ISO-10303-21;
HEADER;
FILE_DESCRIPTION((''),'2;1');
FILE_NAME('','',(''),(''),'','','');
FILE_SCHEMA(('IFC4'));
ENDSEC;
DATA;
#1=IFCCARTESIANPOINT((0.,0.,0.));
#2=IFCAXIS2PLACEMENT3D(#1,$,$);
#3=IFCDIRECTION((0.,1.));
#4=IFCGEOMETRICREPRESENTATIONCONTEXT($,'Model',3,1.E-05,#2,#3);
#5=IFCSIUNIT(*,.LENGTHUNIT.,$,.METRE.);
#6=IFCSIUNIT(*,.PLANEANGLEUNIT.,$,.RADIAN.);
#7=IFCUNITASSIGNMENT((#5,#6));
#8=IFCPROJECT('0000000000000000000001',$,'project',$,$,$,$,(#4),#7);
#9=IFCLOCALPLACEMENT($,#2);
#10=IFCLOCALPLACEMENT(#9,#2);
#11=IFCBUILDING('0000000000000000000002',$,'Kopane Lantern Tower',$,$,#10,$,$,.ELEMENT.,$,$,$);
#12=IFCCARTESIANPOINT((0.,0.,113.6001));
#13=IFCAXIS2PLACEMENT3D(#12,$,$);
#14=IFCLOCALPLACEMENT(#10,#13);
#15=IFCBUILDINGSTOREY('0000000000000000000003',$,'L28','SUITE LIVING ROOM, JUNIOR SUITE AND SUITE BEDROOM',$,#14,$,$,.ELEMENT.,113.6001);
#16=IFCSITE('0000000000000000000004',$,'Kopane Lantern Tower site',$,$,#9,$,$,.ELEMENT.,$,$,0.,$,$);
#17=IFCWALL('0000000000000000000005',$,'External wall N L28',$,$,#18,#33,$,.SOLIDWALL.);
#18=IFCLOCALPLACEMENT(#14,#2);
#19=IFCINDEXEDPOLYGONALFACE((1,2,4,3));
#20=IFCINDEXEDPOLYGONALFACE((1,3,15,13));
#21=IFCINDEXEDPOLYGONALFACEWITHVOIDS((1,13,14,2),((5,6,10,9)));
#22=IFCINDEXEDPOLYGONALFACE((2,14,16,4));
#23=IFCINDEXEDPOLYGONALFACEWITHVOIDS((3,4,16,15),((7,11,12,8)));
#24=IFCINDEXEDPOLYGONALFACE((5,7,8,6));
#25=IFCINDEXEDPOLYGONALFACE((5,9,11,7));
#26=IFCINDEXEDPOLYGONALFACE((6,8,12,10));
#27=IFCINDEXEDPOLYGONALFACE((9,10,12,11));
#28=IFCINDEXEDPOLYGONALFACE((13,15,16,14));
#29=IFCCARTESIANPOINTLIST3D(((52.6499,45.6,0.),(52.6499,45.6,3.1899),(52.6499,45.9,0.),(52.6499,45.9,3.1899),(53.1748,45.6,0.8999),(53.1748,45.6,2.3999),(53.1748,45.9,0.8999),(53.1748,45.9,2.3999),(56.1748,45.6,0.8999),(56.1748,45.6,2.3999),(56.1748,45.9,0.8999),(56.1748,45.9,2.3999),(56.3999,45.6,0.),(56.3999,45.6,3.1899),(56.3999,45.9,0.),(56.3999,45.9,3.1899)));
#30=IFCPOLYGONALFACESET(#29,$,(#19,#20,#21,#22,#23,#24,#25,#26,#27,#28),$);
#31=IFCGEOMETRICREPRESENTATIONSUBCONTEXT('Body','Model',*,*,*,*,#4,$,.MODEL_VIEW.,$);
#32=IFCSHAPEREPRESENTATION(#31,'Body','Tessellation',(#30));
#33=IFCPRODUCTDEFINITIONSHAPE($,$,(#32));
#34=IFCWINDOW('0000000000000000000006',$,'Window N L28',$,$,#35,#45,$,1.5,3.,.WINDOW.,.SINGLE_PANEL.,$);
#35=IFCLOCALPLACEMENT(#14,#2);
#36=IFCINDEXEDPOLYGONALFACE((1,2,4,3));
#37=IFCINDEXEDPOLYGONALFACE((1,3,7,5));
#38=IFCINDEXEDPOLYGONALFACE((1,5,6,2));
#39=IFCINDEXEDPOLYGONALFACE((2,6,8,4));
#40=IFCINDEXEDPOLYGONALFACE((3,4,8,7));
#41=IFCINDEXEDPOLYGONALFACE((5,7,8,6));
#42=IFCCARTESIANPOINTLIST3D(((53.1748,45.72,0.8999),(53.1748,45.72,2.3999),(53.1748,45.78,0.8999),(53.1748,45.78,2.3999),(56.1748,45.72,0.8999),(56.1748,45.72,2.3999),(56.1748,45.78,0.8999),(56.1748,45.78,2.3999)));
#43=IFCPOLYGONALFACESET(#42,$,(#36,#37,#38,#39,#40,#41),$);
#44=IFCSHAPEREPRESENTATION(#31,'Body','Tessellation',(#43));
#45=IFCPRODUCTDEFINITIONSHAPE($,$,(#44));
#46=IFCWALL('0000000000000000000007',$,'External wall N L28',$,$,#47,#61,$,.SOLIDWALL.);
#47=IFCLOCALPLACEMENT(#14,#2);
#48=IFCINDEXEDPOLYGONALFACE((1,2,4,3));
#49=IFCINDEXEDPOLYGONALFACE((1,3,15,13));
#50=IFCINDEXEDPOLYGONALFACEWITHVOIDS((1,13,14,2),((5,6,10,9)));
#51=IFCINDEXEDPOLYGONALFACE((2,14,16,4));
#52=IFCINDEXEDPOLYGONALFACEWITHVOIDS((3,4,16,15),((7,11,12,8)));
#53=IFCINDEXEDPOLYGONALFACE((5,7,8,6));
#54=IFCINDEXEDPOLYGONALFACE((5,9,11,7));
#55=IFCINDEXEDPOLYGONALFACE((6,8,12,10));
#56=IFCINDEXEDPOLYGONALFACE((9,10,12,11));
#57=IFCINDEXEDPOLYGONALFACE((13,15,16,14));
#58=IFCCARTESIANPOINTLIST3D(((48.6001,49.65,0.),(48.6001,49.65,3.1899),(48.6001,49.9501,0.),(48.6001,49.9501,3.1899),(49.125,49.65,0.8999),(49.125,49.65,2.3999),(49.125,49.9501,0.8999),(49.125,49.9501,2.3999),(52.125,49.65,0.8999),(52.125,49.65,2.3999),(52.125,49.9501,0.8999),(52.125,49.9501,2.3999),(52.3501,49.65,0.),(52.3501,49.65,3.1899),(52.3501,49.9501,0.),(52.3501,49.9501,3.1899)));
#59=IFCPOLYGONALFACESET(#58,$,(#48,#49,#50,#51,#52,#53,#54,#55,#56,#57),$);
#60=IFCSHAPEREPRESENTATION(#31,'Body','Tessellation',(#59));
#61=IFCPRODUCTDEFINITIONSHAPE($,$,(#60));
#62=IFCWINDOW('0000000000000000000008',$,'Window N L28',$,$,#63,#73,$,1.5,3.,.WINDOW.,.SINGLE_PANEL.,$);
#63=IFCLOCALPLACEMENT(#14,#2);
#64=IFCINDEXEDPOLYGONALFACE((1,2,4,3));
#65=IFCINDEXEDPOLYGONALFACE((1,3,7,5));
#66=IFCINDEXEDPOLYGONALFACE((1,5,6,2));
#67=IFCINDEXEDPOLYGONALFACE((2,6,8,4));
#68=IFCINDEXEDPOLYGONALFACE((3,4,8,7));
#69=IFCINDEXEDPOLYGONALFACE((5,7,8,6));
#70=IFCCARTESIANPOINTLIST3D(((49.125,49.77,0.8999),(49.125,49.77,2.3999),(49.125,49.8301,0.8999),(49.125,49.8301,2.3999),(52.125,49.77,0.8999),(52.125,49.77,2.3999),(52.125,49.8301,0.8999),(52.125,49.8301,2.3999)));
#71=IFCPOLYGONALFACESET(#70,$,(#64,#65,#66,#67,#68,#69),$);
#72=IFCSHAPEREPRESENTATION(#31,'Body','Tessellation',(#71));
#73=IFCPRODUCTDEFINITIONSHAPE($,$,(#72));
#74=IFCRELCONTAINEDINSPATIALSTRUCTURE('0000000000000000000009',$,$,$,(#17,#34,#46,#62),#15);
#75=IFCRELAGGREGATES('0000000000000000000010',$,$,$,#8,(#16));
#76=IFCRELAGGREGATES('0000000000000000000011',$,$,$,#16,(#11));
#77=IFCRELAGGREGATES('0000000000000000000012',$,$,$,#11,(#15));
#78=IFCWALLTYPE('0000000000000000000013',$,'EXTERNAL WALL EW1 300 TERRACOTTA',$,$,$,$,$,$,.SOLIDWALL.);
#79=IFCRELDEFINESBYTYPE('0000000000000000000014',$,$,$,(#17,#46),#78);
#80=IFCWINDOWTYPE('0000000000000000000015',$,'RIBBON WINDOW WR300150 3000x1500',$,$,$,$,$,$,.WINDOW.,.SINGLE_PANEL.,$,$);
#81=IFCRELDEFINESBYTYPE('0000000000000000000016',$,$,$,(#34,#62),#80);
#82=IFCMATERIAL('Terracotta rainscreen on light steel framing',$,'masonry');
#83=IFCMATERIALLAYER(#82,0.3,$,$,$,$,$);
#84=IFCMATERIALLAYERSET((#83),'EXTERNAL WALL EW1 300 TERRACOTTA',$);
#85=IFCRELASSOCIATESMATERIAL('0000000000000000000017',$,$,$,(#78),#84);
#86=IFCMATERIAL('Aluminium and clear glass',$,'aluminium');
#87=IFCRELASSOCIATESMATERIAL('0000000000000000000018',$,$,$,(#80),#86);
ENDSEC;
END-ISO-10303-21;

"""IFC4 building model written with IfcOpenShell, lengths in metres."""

from ifc_helpers import new_model, si_unit, direction, frame, frame_2d, origin, place, context, subcontext, project, spatial, rectangle, extrude, material, layer, layer_set, type_object, element, fill, save


model = new_model("IFC4")

# Units and contexts
model_context = context("Model", 3, precision=1e-05, world=origin(), true_north=direction((0.0, 1.0)))
body_context = subcontext(model_context, "Body", "Model", "MODEL_VIEW")
ifc_project = project(units=[si_unit("LENGTHUNIT", "METRE"), si_unit("PLANEANGLEUNIT", "RADIAN")], contexts=[model_context])

# Site, building, storey
site_placement = place(None, origin())
site = spatial("IfcSite", under=ifc_project, at=site_placement, Name="Kopane Lantern Tower site", CompositionType="ELEMENT", RefElevation=0.0)
building_placement = place(site_placement, origin())
building = spatial("IfcBuilding", under=site, at=building_placement, Name="Kopane Lantern Tower", CompositionType="ELEMENT")
storey_placement = place(building_placement, frame((0.0, 0.0, 113.6001)))
storey = spatial("IfcBuildingStorey", under=building, at=storey_placement, Name="L28", Description="SUITE LIVING ROOM, JUNIOR SUITE AND SUITE BEDROOM", CompositionType="ELEMENT", Elevation=113.6001)

# Walls, openings, windows
ifc_material_1 = material(Name="Terracotta rainscreen on light steel framing", Category="masonry")
ifc_layer_1 = layer(ifc_material_1, 0.3)
ifc_layer_set_1 = layer_set([ifc_layer_1], Name="EXTERNAL WALL EW1 300 TERRACOTTA")
wall_type_1 = type_object("IfcWallType", Name="EXTERNAL WALL EW1 300 TERRACOTTA", PredefinedType="SOLIDWALL", material=ifc_layer_set_1)
wall_1_placement = place(storey_placement, frame((56.3999, 45.75, 0.0), z_axis=(0.0, 0.0, 1.0), x_axis=(-1.0, 0.0, 0.0)))
wall_1 = element("IfcWall", 1, at=wall_1_placement, inside=storey, type_object=wall_type_1, Name="External wall N L28", PredefinedType="SOLIDWALL", context=body_context, shape_type="SweptSolid", body=[
    extrude(rectangle(XDim=3.75, YDim=0.3, at=frame_2d((1.875, 0.0))), origin(), (0.0, 0.0, 1.0), 3.1899),
])
opening_1_placement = place(wall_1_placement, frame((0.2251, 0.0, 0.8999)))
opening_1 = element("IfcOpeningElement", 2, at=opening_1_placement, cuts=wall_1, PredefinedType="OPENING", context=body_context, shape_type="SweptSolid", body=[
    extrude(rectangle(XDim=3.0, YDim=1.5, at=frame_2d((1.5, 0.75))), frame((0.0, 0.1599, 0.0), z_axis=(0.0, -1.0, 0.0), x_axis=(1.0, 0.0, 0.0)), (0.0, 0.0, 1.0), 0.3201),
])
ifc_material_2 = material(Name="Aluminium and clear glass", Category="aluminium")
window_type = type_object("IfcWindowType", Name="RIBBON WINDOW WR300150 3000x1500", PartitioningType="SINGLE_PANEL", PredefinedType="WINDOW", material=ifc_material_2)
window_1_placement = place(opening_1_placement, origin())
window_1 = element("IfcWindow", 3, at=window_1_placement, inside=storey, type_object=window_type, Name="Window N L28", OverallHeight=1.5, OverallWidth=3.0, PartitioningType="SINGLE_PANEL", PredefinedType="WINDOW", context=body_context, shape_type="SweptSolid", body=[
    extrude(rectangle(XDim=3.0, YDim=1.5, at=frame_2d((1.5, 0.75))), frame((0.0, 0.03, 0.0), z_axis=(0.0, -1.0, 0.0), x_axis=(1.0, 0.0, 0.0)), (0.0, 0.0, 1.0), 0.0601),
])
fill(opening_1, window_1)
wall_2_placement = place(storey_placement, frame((52.3501, 49.8, 0.0), z_axis=(0.0, 0.0, 1.0), x_axis=(-1.0, 0.0, 0.0)))
wall_2 = element("IfcWall", 4, at=wall_2_placement, inside=storey, type_object=wall_type_1, Name="External wall N L28", PredefinedType="SOLIDWALL", context=body_context, shape_type="SweptSolid", body=[
    extrude(rectangle(XDim=3.75, YDim=0.3, at=frame_2d((1.875, 0.0))), origin(), (0.0, 0.0, 1.0), 3.1899),
])
opening_2_placement = place(wall_2_placement, frame((0.2251, 0.0, 0.8999)))
opening_2 = element("IfcOpeningElement", 5, at=opening_2_placement, cuts=wall_2, PredefinedType="OPENING", context=body_context, shape_type="SweptSolid", body=[
    extrude(rectangle(XDim=3.0, YDim=1.5, at=frame_2d((1.5, 0.75))), frame((0.0, 0.1599, 0.0), z_axis=(0.0, -1.0, 0.0), x_axis=(1.0, 0.0, 0.0)), (0.0, 0.0, 1.0), 0.3201),
])
window_2_placement = place(opening_2_placement, origin())
window_2 = element("IfcWindow", 6, at=window_2_placement, inside=storey, type_object=window_type, Name="Window N L28", OverallHeight=1.5, OverallWidth=3.0, PartitioningType="SINGLE_PANEL", PredefinedType="WINDOW", context=body_context, shape_type="SweptSolid", body=[
    extrude(rectangle(XDim=3.0, YDim=1.5, at=frame_2d((1.5, 0.75))), frame((0.0, 0.03, 0.0), z_axis=(0.0, -1.0, 0.0), x_axis=(1.0, 0.0, 0.0)), (0.0, 0.0, 1.0), 0.0601),
])
fill(opening_2, window_2)

save(model, "model.ifc")
